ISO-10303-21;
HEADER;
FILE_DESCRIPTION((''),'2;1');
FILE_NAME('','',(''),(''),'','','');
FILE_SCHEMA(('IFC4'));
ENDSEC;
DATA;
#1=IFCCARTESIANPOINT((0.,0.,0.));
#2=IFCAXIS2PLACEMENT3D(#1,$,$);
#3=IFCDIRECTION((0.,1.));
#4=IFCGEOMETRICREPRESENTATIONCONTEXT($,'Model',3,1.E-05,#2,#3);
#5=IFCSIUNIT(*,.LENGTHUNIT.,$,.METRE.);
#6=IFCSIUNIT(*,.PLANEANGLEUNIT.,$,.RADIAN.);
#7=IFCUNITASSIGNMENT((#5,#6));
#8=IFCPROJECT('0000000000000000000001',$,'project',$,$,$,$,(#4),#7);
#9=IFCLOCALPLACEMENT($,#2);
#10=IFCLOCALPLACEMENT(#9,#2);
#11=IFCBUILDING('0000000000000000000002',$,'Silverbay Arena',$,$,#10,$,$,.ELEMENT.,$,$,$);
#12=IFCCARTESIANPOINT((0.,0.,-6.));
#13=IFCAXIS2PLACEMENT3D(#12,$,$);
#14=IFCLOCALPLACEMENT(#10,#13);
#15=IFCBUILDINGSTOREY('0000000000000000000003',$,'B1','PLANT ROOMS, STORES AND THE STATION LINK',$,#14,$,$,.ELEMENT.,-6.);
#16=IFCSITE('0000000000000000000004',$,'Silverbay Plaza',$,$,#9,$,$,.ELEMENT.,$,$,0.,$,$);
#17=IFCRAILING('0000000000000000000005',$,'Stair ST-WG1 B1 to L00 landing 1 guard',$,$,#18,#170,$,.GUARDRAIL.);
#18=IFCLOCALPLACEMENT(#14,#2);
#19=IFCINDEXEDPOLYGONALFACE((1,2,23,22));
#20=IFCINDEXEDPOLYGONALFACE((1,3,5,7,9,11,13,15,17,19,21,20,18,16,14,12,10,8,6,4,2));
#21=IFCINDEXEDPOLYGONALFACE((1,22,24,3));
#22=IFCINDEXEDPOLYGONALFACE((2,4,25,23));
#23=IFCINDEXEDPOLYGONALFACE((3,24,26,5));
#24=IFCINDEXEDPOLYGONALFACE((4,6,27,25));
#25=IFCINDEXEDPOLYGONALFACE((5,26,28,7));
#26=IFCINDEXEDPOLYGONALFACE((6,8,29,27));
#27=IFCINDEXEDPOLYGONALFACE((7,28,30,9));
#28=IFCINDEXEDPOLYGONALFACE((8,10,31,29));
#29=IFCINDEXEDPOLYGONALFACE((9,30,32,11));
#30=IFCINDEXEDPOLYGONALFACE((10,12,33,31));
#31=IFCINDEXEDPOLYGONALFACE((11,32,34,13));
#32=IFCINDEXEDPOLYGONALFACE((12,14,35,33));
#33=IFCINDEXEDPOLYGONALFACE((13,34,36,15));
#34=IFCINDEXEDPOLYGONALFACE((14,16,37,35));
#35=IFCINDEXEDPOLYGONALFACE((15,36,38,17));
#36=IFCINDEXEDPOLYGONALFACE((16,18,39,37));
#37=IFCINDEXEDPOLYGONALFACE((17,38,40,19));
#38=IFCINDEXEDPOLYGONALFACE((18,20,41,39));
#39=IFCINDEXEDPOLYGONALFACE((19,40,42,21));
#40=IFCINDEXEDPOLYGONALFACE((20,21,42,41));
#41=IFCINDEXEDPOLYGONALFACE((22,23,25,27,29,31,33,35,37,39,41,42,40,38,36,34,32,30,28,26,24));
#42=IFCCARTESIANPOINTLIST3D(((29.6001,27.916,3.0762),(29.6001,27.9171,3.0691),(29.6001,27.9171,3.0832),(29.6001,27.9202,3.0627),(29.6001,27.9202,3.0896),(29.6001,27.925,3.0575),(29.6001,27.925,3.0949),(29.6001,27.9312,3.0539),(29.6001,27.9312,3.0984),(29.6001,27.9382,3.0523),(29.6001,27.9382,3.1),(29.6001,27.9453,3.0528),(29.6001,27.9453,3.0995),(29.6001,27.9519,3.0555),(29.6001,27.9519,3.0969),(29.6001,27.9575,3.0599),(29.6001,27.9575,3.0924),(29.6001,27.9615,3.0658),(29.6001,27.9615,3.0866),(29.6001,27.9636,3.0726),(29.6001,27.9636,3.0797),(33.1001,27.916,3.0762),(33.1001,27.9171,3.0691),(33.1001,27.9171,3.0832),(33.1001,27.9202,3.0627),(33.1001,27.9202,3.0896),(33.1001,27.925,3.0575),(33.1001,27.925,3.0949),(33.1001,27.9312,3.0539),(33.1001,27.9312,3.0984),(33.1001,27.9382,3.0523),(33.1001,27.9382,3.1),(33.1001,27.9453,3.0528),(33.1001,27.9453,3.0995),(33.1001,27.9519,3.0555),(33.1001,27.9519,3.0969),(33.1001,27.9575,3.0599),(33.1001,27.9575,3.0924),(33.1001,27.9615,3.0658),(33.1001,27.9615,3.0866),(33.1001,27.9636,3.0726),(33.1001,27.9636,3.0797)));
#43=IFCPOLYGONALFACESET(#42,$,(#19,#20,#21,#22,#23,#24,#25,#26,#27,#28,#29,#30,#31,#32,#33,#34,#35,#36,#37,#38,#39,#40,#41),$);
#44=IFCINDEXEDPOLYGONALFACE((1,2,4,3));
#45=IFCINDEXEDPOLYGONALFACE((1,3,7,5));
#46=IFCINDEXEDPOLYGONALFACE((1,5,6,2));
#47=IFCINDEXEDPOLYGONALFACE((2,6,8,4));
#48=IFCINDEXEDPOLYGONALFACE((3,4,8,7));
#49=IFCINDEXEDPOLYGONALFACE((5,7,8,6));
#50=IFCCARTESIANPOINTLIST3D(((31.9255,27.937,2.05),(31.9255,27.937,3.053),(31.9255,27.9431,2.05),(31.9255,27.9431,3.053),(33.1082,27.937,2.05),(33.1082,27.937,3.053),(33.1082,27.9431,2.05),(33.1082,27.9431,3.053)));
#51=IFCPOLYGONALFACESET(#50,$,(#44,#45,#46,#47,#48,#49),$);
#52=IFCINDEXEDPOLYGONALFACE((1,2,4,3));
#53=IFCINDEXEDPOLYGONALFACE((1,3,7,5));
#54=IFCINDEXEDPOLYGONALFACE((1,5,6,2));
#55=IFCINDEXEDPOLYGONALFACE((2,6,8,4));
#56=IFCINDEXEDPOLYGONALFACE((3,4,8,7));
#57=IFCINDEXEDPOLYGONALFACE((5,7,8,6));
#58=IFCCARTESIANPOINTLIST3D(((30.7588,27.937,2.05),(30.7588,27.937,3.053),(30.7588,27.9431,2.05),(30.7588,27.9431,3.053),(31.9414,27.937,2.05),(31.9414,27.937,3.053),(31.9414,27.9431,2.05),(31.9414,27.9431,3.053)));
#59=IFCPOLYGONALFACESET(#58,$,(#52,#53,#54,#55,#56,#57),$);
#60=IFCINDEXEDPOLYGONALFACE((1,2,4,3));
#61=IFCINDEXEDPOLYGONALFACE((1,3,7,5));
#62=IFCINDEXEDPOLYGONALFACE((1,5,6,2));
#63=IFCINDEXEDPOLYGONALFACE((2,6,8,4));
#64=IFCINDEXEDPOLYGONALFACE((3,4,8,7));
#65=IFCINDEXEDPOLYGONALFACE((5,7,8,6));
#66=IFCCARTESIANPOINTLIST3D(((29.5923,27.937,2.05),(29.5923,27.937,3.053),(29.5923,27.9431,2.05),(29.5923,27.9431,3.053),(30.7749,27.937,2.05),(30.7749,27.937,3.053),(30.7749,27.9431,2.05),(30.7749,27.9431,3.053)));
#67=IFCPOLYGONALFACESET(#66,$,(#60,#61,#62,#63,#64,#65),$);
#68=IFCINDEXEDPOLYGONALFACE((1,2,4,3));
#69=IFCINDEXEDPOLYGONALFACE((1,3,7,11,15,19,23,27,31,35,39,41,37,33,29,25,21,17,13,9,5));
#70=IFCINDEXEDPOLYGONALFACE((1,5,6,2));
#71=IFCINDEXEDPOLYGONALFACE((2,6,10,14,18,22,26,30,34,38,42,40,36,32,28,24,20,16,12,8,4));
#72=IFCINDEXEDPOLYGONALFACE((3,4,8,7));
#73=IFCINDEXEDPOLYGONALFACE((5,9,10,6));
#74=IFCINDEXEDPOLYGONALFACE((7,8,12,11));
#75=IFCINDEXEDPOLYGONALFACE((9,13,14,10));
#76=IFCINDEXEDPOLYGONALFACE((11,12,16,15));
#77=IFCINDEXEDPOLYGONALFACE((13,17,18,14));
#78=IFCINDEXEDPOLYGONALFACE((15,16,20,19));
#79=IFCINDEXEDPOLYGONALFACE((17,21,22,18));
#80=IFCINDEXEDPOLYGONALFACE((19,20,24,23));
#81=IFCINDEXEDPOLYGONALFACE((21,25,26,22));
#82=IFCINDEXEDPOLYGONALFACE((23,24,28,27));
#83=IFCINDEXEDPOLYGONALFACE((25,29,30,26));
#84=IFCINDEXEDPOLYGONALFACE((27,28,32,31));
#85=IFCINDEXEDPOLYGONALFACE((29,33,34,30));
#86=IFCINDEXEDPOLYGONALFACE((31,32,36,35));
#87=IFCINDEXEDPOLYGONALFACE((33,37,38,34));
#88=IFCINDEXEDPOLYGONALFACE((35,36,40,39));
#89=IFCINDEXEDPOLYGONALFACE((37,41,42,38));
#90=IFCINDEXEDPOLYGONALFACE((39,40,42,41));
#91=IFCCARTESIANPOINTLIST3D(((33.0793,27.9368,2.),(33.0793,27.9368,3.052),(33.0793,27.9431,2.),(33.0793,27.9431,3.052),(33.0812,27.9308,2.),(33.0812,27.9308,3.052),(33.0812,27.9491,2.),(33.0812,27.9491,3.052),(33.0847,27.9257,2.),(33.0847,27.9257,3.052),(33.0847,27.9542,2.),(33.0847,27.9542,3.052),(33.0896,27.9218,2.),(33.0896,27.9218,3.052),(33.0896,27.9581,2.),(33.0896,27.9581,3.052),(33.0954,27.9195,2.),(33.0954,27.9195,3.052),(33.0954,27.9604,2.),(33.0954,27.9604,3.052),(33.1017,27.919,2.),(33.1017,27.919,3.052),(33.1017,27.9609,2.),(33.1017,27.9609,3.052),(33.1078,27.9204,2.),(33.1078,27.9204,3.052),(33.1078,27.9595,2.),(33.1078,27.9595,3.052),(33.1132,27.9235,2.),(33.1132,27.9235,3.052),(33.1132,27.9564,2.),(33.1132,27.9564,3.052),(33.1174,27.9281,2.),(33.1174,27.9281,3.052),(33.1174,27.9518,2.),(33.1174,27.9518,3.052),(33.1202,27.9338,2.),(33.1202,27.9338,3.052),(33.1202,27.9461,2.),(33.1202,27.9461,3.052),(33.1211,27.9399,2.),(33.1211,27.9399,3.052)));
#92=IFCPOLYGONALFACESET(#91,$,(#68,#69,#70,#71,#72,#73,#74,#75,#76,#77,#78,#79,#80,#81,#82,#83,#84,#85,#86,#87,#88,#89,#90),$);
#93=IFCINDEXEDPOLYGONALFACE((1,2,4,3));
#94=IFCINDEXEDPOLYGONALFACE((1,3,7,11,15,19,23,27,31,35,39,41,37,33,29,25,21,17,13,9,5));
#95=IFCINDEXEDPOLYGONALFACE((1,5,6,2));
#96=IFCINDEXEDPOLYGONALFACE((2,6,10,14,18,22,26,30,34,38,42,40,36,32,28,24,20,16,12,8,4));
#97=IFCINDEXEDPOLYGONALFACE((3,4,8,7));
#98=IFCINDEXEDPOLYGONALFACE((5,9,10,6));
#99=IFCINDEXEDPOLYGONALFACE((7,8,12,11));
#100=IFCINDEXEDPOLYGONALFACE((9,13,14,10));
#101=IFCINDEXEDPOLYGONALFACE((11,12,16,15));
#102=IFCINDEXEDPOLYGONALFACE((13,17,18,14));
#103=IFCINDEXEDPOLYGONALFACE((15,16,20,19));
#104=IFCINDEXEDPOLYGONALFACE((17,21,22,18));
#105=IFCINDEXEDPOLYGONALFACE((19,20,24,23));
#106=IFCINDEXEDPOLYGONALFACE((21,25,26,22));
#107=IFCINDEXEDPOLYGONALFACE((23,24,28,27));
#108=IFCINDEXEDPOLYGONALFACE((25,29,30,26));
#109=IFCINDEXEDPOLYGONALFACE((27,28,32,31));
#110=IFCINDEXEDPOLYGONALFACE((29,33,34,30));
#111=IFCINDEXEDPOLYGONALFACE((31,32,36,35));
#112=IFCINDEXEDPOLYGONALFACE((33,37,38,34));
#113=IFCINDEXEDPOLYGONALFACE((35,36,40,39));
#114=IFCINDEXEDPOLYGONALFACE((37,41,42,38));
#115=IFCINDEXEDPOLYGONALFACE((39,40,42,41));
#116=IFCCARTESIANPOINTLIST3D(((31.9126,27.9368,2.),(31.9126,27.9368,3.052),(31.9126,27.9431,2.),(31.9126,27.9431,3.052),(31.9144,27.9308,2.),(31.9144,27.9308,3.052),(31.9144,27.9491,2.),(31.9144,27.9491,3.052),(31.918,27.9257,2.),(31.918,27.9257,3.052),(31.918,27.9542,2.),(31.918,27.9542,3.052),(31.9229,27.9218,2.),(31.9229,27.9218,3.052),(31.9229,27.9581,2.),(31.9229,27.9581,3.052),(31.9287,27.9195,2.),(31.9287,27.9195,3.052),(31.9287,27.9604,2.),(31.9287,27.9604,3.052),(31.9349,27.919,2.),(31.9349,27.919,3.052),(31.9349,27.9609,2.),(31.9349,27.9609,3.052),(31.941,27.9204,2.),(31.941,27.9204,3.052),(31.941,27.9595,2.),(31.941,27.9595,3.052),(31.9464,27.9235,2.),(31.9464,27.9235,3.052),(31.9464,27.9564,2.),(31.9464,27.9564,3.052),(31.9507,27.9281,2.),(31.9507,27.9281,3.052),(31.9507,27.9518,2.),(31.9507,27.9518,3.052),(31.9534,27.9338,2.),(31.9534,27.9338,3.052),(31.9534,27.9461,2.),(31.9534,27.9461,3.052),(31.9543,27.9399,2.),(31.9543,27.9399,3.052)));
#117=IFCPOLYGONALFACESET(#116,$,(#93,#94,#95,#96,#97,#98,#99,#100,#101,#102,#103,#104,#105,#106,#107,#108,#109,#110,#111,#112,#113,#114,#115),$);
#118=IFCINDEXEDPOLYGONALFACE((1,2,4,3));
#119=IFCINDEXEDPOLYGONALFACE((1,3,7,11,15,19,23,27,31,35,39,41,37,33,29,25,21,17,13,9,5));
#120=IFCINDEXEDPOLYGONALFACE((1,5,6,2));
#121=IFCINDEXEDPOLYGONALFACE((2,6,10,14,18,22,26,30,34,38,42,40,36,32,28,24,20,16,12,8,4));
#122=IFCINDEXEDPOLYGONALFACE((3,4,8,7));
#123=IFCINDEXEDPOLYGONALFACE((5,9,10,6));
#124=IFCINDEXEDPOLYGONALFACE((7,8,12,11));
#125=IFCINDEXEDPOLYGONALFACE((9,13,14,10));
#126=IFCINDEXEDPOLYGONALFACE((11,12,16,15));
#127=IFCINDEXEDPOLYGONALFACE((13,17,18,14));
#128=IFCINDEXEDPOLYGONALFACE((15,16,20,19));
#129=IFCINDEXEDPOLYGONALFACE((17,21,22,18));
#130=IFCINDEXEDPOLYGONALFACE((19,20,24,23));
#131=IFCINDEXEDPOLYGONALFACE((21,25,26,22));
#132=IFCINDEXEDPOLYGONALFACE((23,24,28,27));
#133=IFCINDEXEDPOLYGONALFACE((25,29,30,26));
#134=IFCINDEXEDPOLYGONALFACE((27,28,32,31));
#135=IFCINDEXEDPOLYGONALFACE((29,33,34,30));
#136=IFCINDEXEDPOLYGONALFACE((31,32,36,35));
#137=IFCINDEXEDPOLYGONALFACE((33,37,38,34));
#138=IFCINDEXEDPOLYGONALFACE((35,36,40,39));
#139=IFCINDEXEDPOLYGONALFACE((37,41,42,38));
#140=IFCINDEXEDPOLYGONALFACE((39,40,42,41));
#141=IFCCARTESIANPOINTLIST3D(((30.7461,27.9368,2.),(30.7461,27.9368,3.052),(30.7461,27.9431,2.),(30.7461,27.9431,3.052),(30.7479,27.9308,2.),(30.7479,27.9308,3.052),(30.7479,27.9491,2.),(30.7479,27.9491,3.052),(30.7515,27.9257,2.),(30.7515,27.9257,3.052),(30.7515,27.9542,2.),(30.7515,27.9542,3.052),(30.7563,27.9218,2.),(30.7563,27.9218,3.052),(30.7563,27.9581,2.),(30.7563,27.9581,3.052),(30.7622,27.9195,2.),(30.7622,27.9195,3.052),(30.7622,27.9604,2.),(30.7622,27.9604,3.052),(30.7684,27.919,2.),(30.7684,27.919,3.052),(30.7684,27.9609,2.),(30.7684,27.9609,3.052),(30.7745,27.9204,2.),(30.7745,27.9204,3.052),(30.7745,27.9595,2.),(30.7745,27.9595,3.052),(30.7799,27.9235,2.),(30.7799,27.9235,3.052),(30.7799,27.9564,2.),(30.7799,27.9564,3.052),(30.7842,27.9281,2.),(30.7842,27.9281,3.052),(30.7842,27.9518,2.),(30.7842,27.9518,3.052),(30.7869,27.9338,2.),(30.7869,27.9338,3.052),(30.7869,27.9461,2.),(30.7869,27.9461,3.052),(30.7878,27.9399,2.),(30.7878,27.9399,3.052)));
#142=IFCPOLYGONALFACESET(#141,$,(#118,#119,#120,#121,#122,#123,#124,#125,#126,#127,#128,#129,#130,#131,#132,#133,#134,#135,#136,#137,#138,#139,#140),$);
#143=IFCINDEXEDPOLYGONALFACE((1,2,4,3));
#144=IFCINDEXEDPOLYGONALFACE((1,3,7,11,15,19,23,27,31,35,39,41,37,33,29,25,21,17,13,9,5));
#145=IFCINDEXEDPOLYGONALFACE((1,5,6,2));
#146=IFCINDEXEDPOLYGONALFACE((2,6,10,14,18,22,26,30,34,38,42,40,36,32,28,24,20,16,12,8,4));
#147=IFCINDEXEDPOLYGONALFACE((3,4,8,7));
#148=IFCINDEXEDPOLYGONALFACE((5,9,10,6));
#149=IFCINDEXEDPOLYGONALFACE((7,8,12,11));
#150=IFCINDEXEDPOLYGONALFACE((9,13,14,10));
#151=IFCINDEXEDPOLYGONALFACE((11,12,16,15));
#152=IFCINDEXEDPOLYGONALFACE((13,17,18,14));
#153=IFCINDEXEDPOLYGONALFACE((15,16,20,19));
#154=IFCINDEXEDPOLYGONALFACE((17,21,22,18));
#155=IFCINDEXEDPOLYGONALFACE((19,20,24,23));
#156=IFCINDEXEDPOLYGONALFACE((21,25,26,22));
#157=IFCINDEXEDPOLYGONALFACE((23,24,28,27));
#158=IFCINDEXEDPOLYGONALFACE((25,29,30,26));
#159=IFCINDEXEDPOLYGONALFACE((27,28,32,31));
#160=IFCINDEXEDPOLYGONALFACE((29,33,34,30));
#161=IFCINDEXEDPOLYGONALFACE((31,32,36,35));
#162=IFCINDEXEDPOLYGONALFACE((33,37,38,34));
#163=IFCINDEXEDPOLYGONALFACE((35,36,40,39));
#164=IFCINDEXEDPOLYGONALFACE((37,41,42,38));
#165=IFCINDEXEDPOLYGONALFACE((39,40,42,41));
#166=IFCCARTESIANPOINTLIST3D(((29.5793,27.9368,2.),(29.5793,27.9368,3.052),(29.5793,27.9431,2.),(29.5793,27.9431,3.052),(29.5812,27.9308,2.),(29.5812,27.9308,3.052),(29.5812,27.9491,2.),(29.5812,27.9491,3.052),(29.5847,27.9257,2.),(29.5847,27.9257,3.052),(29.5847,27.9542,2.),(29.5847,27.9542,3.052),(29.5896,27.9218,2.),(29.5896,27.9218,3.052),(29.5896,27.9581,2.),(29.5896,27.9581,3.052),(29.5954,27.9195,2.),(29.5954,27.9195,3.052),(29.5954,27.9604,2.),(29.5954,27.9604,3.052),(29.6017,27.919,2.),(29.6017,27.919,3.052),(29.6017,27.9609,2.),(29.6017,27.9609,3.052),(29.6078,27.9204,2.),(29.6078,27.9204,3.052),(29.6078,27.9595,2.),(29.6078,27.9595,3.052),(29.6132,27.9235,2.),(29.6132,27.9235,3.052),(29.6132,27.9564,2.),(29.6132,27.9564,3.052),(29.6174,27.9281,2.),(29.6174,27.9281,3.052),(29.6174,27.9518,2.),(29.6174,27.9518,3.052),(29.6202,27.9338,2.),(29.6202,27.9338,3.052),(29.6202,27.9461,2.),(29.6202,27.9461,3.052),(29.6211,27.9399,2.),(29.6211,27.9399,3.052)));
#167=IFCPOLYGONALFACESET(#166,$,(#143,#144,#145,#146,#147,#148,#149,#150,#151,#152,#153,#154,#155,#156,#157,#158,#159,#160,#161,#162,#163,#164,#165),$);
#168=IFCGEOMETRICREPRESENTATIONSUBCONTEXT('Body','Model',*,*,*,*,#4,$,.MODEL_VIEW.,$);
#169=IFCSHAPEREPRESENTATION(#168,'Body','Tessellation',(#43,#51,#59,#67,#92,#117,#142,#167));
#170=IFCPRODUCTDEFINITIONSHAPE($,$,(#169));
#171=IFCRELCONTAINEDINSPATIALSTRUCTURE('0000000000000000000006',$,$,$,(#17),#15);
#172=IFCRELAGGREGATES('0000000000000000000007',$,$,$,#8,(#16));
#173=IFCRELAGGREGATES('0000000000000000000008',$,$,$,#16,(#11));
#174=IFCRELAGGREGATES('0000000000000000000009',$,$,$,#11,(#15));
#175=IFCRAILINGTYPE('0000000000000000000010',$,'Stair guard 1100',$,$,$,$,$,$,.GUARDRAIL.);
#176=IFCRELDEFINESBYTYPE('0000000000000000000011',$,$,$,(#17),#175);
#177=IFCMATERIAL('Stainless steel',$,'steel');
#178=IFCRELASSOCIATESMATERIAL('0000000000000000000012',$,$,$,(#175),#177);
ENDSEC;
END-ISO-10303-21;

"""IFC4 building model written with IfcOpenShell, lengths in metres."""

from ifc_helpers import new_model, si_unit, direction, frame, origin, origin_2d, place, context, subcontext, project, spatial, polyline, circle, outline, extrude, material, type_object, element, save


model = new_model("IFC4")

# Units and contexts
model_context = context("Model", 3, precision=1e-05, world=origin(), true_north=direction((0.0, 1.0)))
body_context = subcontext(model_context, "Body", "Model", "MODEL_VIEW")
ifc_project = project(units=[si_unit("LENGTHUNIT", "METRE"), si_unit("PLANEANGLEUNIT", "RADIAN")], contexts=[model_context])

# Site, building, storey
site_placement = place(None, origin())
site = spatial("IfcSite", under=ifc_project, at=site_placement, Name="Silverbay Plaza", CompositionType="ELEMENT", RefElevation=0.0)
building_placement = place(site_placement, origin())
building = spatial("IfcBuilding", under=site, at=building_placement, Name="Silverbay Arena", CompositionType="ELEMENT")
storey_placement = place(building_placement, frame((0.0, 0.0, -6.0)))
storey = spatial("IfcBuildingStorey", under=building, at=storey_placement, Name="B1", Description="PLANT ROOMS, STORES AND THE STATION LINK", CompositionType="ELEMENT", Elevation=-6.0)

# Railing
ifc_material_1 = material(Name="Stainless steel", Category="steel")
railing_type_1 = type_object("IfcRailingType", Name="Stair guard 1100", PredefinedType="GUARDRAIL", material=ifc_material_1)
for number, where, name in (
    (1, (33.1001, 27.9399, 2.0), "Stair ST-WG1 B1 to L00 landing 1 guard"),
):
    element("IfcRailing", number, at=place(storey_placement, frame(where)), inside=storey, type_object=railing_type_1, Name=name, PredefinedType="GUARDRAIL", context=body_context, shape_type="SweptSolid", body=[
        extrude(circle(Radius=0.0239, at=origin_2d()), frame((0.0, 0.0, 1.0762), z_axis=(-1.0, 0.0, 0.0), x_axis=(0.0, -1.0, 0.0)), (0.0, 0.0, 1.0), 3.5),
        extrude(outline(polyline([(-0.0081, 0.05), (1.1746, 0.05), (1.1746, 1.053), (-0.0081, 1.053), (-0.0081, 0.05)])), frame((0.0, -0.0029, 0.0), z_axis=(0.0, 1.0, 0.0), x_axis=(-1.0, 0.0, 0.0)), (0.0, 0.0, 1.0), 0.0061),
        extrude(outline(polyline([(-0.0081, 0.05), (1.1746, 0.05), (1.1746, 1.053), (-0.0081, 1.053), (-0.0081, 0.05)])), frame((-1.1667, -0.0029, 0.0), z_axis=(0.0, 1.0, 0.0), x_axis=(-1.0, 0.0, 0.0)), (0.0, 0.0, 1.0), 0.0061),
        extrude(outline(polyline([(-0.0081, 0.05), (1.1746, 0.05), (1.1746, 1.053), (-0.0081, 1.053), (-0.0081, 0.05)])), frame((-2.3333, -0.0029, 0.0), z_axis=(0.0, 1.0, 0.0), x_axis=(-1.0, 0.0, 0.0)), (0.0, 0.0, 1.0), 0.0061),
        extrude(circle(Radius=0.021, at=origin_2d()), origin(), (0.0, 0.0, 1.0), 1.052),
        extrude(circle(Radius=0.021, at=origin_2d()), frame((-1.1667, 0.0, 0.0)), (0.0, 0.0, 1.0), 1.052),
        extrude(circle(Radius=0.021, at=origin_2d()), frame((-2.3333, 0.0, 0.0)), (0.0, 0.0, 1.0), 1.052),
        extrude(circle(Radius=0.021, at=origin_2d()), frame((-3.5, 0.0, 0.0)), (0.0, 0.0, 1.0), 1.052),
    ])

save(model, "model.ifc")
